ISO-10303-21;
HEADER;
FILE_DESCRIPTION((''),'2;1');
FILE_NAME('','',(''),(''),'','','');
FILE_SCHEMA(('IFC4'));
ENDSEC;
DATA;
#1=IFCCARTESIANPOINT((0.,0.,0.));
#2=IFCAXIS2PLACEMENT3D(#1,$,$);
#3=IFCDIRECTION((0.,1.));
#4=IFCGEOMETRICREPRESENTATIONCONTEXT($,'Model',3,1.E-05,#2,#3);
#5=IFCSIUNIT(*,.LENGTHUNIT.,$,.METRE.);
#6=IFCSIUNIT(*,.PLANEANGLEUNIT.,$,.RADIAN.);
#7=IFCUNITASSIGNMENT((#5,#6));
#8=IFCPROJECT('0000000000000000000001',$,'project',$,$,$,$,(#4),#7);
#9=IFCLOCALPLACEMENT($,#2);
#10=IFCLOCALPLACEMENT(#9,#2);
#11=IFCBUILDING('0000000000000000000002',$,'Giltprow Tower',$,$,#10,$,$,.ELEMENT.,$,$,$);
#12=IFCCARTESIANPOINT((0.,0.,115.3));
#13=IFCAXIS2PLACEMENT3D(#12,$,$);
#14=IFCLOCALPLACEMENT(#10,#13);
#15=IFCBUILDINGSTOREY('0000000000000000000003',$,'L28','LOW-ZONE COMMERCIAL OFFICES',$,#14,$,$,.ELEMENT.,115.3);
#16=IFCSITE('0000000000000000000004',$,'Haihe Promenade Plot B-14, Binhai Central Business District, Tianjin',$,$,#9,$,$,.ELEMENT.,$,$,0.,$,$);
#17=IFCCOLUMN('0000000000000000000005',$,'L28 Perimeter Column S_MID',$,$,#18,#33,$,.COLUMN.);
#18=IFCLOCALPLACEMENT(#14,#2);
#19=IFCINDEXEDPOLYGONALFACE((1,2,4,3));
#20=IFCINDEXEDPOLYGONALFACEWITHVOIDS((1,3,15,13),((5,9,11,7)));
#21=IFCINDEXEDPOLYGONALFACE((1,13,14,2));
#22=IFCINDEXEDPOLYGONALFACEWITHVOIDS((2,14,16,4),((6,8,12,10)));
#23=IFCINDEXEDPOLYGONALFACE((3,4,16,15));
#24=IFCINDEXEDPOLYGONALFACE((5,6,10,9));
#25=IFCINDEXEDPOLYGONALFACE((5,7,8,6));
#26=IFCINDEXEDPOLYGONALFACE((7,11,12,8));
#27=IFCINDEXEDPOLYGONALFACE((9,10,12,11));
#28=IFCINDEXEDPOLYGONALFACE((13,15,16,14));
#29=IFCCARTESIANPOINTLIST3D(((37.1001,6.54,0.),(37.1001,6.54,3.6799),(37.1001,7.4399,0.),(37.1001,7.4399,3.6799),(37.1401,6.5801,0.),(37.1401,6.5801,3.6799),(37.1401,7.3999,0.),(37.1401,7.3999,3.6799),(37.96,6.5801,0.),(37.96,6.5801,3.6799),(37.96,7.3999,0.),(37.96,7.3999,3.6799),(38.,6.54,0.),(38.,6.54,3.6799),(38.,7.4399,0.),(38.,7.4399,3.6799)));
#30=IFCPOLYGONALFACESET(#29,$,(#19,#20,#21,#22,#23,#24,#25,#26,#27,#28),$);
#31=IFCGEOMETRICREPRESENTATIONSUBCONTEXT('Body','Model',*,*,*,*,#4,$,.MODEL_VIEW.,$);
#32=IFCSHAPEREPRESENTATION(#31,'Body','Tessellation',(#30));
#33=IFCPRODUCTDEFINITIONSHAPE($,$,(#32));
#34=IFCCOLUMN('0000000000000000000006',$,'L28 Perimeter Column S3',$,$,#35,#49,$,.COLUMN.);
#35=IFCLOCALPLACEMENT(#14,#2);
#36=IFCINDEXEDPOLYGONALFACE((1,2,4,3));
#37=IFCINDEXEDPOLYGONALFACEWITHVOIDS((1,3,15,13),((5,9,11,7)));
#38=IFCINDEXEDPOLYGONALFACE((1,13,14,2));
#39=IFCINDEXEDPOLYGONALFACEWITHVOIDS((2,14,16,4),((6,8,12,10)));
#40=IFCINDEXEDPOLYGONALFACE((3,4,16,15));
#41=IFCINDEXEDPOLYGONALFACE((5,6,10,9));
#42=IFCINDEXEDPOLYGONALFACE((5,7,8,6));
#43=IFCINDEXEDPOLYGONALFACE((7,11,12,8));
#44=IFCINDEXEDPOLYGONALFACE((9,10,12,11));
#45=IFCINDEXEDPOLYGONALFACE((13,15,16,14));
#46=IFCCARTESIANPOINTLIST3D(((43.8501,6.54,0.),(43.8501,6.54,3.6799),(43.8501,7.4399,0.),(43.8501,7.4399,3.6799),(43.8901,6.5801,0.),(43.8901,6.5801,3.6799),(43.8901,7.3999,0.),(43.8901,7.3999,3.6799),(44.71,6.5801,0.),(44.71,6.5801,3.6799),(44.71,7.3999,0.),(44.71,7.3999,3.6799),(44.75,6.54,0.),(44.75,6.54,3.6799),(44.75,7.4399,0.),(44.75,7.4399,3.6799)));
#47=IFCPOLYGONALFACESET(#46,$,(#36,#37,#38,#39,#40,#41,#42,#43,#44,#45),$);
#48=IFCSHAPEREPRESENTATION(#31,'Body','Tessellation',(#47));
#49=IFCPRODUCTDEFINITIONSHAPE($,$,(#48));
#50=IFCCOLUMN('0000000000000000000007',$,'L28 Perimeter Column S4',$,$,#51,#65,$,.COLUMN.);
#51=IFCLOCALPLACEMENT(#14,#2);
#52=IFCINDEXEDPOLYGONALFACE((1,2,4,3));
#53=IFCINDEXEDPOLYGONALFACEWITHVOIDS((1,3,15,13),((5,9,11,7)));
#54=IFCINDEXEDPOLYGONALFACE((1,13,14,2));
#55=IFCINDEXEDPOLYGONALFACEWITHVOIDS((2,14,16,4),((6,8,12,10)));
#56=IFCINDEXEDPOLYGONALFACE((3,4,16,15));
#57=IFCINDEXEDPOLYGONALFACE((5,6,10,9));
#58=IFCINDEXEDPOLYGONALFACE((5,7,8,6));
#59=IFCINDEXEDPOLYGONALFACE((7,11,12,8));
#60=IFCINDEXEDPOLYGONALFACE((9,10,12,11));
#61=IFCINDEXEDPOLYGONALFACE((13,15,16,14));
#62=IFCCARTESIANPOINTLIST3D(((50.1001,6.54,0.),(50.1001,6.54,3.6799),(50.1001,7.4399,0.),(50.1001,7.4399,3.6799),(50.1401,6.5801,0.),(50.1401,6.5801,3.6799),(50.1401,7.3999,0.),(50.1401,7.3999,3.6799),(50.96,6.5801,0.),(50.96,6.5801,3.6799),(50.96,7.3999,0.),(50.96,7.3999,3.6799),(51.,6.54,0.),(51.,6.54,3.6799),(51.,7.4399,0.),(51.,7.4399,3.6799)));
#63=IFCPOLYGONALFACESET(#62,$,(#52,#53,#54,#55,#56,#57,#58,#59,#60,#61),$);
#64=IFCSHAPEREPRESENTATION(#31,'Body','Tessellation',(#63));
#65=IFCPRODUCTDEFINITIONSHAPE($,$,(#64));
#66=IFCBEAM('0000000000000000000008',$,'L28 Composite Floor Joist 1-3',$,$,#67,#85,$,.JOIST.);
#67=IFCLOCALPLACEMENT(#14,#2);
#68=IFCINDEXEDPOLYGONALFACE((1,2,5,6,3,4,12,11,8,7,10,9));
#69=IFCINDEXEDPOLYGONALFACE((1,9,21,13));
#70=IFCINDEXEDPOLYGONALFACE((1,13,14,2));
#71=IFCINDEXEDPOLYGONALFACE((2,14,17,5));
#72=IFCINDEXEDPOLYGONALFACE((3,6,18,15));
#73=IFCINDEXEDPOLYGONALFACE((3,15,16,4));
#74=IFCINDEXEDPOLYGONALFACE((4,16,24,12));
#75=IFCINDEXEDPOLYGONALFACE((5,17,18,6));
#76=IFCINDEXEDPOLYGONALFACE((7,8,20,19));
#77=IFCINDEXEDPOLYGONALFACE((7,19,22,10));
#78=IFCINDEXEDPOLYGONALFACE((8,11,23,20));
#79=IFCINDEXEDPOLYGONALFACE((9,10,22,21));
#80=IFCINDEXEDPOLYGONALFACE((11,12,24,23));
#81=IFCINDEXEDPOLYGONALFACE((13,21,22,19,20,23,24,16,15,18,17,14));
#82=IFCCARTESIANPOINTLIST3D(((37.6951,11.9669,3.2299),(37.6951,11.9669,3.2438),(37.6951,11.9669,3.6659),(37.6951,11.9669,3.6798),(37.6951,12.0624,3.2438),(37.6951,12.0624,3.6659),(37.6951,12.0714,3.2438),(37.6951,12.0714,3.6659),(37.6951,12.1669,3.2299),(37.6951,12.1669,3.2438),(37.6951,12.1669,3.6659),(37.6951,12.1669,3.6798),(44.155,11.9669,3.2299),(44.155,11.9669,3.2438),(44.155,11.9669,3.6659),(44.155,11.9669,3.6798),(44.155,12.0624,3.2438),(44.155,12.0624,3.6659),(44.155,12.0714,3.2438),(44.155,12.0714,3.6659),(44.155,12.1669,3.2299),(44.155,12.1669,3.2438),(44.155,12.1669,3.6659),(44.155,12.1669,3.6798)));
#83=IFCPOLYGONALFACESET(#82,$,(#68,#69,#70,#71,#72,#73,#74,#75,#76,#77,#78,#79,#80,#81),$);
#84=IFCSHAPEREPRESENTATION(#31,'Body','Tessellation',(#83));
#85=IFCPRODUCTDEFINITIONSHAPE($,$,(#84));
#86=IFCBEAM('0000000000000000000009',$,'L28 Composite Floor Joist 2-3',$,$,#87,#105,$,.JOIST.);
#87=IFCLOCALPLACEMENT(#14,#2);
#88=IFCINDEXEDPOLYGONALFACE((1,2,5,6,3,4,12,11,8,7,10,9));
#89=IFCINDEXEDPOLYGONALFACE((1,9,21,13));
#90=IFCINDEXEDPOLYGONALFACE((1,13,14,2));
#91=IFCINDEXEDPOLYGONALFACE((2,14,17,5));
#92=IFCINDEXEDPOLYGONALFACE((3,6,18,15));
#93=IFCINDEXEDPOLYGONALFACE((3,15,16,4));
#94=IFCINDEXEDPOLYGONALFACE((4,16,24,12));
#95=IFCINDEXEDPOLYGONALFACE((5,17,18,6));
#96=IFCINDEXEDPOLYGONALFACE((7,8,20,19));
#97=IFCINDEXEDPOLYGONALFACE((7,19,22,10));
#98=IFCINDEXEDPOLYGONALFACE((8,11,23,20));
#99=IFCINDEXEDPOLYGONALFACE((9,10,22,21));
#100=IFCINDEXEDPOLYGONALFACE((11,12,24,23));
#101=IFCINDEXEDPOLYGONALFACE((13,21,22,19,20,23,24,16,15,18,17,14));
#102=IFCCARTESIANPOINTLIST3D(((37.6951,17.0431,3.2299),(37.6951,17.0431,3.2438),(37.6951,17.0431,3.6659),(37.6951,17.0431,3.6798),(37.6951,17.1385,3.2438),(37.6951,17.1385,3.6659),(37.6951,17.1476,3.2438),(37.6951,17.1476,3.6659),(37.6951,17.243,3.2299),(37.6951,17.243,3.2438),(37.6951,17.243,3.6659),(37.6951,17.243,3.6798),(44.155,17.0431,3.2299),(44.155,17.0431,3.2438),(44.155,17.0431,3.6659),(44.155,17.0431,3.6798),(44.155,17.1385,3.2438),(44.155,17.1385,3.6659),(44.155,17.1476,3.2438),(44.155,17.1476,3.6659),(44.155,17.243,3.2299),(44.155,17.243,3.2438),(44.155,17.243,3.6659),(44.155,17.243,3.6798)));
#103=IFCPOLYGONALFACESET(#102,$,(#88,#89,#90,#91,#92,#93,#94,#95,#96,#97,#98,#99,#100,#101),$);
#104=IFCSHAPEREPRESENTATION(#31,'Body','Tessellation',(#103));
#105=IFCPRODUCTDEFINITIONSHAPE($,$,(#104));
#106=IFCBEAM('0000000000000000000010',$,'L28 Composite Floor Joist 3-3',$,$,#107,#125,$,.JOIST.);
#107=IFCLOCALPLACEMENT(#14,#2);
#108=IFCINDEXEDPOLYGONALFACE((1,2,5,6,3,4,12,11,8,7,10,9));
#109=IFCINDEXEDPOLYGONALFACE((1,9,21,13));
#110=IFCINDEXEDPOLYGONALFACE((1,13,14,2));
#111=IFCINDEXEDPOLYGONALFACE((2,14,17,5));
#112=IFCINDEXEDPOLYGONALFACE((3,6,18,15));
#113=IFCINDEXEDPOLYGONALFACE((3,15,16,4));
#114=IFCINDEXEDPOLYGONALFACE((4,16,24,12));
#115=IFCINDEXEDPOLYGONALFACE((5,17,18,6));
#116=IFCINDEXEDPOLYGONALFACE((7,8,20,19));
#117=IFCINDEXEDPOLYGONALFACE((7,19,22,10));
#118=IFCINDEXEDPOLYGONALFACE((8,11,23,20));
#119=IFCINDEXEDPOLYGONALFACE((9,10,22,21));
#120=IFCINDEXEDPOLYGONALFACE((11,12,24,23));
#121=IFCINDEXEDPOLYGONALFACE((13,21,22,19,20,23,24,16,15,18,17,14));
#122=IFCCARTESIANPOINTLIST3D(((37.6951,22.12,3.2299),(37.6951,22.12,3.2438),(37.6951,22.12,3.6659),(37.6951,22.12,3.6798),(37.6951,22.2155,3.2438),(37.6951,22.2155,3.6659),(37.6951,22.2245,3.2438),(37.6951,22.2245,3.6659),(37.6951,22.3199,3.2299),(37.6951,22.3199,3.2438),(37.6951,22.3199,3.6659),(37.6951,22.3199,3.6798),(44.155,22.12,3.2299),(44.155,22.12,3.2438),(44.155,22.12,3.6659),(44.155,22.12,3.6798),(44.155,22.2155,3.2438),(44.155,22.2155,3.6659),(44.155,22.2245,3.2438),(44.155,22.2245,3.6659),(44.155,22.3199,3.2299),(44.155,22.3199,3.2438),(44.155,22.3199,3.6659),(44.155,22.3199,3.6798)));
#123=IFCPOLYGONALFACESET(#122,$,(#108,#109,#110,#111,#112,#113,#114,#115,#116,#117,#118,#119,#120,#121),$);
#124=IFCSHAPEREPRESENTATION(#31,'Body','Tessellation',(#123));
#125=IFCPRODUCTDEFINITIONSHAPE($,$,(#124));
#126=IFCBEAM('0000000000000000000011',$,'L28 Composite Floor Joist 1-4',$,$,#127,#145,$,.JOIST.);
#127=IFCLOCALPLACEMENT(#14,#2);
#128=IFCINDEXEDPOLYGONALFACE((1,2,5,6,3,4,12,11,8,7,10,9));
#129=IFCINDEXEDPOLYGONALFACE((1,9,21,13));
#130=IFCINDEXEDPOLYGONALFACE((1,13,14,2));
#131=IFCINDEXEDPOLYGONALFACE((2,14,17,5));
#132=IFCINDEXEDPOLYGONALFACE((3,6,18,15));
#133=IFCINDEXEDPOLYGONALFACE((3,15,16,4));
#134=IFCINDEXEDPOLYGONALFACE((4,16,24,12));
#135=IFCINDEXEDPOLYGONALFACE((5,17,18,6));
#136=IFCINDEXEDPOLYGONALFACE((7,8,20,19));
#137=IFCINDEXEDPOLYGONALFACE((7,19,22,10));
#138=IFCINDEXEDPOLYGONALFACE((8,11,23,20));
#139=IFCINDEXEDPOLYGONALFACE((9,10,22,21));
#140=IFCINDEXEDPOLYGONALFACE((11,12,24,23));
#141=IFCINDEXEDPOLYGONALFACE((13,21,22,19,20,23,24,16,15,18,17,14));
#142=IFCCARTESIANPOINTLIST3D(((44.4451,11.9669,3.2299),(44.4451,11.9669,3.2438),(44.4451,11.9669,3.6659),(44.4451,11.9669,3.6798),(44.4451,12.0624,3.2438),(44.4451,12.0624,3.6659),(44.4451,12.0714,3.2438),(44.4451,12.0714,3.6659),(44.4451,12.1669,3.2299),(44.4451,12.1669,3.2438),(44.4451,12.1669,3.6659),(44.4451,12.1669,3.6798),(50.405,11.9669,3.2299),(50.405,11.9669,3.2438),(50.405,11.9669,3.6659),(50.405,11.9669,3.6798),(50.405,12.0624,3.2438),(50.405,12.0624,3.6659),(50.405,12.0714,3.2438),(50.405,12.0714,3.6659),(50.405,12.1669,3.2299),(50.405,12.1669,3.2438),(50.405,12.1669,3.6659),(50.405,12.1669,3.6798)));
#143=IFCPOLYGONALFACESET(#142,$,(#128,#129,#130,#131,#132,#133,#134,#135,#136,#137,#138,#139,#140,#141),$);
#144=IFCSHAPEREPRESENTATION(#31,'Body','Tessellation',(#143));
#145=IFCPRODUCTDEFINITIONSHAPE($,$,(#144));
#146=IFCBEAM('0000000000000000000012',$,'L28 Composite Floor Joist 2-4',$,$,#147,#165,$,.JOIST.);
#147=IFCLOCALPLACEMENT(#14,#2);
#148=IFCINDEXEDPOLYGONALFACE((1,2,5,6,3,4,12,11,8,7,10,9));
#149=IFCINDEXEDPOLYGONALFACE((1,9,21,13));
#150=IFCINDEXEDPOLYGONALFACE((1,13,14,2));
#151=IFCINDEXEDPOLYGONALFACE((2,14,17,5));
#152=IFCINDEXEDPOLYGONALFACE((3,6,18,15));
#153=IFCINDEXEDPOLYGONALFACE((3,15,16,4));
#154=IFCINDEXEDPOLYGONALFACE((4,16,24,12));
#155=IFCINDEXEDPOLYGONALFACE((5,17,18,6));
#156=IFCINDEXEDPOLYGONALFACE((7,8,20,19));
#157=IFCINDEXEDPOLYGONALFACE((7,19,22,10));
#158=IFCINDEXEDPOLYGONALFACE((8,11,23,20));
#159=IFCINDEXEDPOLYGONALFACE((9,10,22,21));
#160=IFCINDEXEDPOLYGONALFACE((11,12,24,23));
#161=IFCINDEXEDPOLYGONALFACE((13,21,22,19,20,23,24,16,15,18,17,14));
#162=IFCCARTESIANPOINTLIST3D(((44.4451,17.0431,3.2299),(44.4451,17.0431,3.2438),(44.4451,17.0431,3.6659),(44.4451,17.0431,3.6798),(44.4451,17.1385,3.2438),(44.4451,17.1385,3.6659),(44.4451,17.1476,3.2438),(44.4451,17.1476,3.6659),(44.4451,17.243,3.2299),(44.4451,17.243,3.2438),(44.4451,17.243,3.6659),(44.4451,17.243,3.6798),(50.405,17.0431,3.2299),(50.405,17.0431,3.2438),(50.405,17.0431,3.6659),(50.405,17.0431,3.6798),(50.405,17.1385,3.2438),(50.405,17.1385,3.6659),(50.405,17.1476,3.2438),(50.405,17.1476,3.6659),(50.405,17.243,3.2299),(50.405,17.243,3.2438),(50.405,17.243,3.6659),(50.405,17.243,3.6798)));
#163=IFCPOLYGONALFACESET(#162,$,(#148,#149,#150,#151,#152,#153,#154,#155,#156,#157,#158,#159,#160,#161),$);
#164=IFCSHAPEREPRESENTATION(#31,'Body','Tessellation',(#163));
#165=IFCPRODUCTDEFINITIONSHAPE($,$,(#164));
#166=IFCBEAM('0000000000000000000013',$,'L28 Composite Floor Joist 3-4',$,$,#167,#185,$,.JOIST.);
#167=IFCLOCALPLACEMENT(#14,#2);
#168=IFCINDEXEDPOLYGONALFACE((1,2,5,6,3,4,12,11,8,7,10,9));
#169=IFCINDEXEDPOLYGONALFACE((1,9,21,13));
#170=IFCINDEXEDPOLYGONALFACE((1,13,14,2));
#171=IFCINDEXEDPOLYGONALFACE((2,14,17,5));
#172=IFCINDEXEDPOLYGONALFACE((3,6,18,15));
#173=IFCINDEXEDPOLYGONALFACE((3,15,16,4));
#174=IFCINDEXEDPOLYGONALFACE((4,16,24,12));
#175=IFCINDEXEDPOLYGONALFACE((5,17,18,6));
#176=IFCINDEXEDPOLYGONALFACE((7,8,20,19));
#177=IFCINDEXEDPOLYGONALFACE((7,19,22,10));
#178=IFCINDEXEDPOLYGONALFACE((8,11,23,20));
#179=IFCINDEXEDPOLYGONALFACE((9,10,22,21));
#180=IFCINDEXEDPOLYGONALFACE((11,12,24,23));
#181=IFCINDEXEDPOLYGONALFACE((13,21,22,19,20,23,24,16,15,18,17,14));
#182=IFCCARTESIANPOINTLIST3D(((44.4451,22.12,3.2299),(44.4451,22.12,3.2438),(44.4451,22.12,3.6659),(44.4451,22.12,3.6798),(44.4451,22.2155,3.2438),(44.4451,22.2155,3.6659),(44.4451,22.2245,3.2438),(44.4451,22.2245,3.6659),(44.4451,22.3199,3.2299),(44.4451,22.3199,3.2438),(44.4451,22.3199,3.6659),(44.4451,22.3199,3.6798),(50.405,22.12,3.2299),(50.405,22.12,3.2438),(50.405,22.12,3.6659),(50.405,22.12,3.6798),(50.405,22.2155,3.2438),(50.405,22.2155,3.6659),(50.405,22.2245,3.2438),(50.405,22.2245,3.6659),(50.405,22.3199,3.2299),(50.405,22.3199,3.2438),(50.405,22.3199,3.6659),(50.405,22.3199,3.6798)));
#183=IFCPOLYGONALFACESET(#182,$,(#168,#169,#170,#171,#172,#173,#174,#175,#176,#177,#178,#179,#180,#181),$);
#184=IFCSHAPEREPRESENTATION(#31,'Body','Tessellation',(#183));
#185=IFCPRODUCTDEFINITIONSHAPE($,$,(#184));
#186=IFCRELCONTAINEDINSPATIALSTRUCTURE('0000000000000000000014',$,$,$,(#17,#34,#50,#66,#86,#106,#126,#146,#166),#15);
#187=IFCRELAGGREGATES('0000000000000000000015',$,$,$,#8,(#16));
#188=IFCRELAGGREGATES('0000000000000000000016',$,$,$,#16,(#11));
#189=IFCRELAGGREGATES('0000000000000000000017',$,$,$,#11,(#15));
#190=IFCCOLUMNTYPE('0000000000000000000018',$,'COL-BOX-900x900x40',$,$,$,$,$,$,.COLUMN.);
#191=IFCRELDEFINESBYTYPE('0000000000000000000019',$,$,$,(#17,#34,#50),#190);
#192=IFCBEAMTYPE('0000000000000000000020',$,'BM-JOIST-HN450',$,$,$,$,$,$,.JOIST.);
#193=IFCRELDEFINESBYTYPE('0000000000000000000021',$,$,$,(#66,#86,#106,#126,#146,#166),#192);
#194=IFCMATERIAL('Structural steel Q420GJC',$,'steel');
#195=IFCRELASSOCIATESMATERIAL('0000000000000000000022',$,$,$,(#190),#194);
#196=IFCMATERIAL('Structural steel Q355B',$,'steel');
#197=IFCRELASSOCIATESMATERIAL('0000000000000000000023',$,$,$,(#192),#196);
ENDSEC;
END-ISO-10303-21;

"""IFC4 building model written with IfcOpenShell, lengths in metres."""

from ifc_helpers import new_model, si_unit, direction, frame, origin, origin_2d, place, context, subcontext, project, spatial, hollow_rectangle, i_section, extrude, source, transform, mapped, material, material_profile, profile_set, type_object, element, save


model = new_model("IFC4")

# Units and contexts
model_context = context("Model", 3, precision=1e-05, world=origin(), true_north=direction((0.0, 1.0)))
body_context = subcontext(model_context, "Body", "Model", "MODEL_VIEW")
ifc_project = project(units=[si_unit("LENGTHUNIT", "METRE"), si_unit("PLANEANGLEUNIT", "RADIAN")], contexts=[model_context])

# Site, building, storey
site_placement = place(None, origin())
site = spatial("IfcSite", under=ifc_project, at=site_placement, Name="Haihe Promenade Plot B-14, Binhai Central Business District, Tianjin", CompositionType="ELEMENT", RefElevation=0.0)
building_placement = place(site_placement, origin())
building = spatial("IfcBuilding", under=site, at=building_placement, Name="Giltprow Tower", CompositionType="ELEMENT")
storey_placement = place(building_placement, frame((0.0, 0.0, 115.3)))
storey = spatial("IfcBuildingStorey", under=building, at=storey_placement, Name="L28", Description="LOW-ZONE COMMERCIAL OFFICES", CompositionType="ELEMENT", Elevation=115.3)

# Columns
ifc_material_1 = material(Name="Structural steel Q420GJC", Category="steel")
ifc_material_profile_1 = material_profile(ifc_material_1, hollow_rectangle(XDim=0.8999, YDim=0.8999, WallThickness=0.04, at=origin_2d()), Name="BOX 900x900x40")
ifc_profile_set_1 = profile_set([ifc_material_profile_1], Name="Structural steel Q420GJC")
column_type = type_object("IfcColumnType", Name="COL-BOX-900x900x40", PredefinedType="COLUMN", material=ifc_profile_set_1)
shared_shape_1 = source(origin(), body_context, "Body", "SweptSolid", [
    extrude(hollow_rectangle(XDim=0.8999, YDim=0.8999, WallThickness=0.04, at=origin_2d()), origin(), (0.0, 0.0, 1.0), 3.6799),
])
for number, where, z_axis, x_axis, name in (
    (1, (37.55, 6.99, 0.0), (0.0, 0.0, 1.0), (1.0, 0.0, 0.0), "L28 Perimeter Column S_MID"),
    (2, (44.3, 6.99, 0.0), (0.0, 0.0, 1.0), (1.0, 0.0, 0.0), "L28 Perimeter Column S3"),
    (3, (50.55, 6.99, 0.0), (0.0, 0.0, 1.0), (1.0, 0.0, 0.0), "L28 Perimeter Column S4"),
):
    element("IfcColumn", number, at=place(storey_placement, frame(where, z_axis=z_axis, x_axis=x_axis)), inside=storey, type_object=column_type, Name=name, PredefinedType="COLUMN", context=body_context, shape_type="MappedRepresentation", body=[
        mapped(shared_shape_1, transform((0.0, 0.0, 0.0), x_axis=(1.0, 0.0, 0.0), y_axis=(0.0, 1.0, 0.0), z_axis=(0.0, 0.0, 1.0), scale=1.0)),
    ])

# Beams
ifc_material_2 = material(Name="Structural steel Q355B", Category="steel")
ifc_material_profile_2 = material_profile(ifc_material_2, i_section(OverallWidth=0.2, OverallDepth=0.45, WebThickness=0.009, FlangeThickness=0.0139, at=origin_2d()), Name="HN 450x200x9x14")
ifc_profile_set_2 = profile_set([ifc_material_profile_2], Name="Structural steel Q355B")
beam_type_1 = type_object("IfcBeamType", Name="BM-JOIST-HN450", PredefinedType="JOIST", material=ifc_profile_set_2)
shared_shape_2 = source(origin(), body_context, "Body", "SweptSolid", [
    extrude(i_section(OverallWidth=0.2, OverallDepth=0.45, WebThickness=0.009, FlangeThickness=0.0139, at=origin_2d()), origin(), (0.0, 0.0, 1.0), 6.46),
])
for number, where, z_axis, x_axis, name in (
    (4, (37.6951, 12.0669, 3.4548), (1.0, 0.0, 0.0), (0.0, 1.0, 0.0), "L28 Composite Floor Joist 1-3"),
    (5, (37.6951, 17.1431, 3.4548), (1.0, 0.0, 0.0), (0.0, 1.0, 0.0), "L28 Composite Floor Joist 2-3"),
    (6, (37.6951, 22.22, 3.4548), (1.0, 0.0, 0.0), (0.0, 1.0, 0.0), "L28 Composite Floor Joist 3-3"),
):
    element("IfcBeam", number, at=place(storey_placement, frame(where, z_axis=z_axis, x_axis=x_axis)), inside=storey, type_object=beam_type_1, Name=name, PredefinedType="JOIST", context=body_context, shape_type="MappedRepresentation", body=[
        mapped(shared_shape_2, transform((0.0, 0.0, 0.0), x_axis=(1.0, 0.0, 0.0), y_axis=(0.0, 1.0, 0.0), z_axis=(0.0, 0.0, 1.0), scale=1.0)),
    ])
shared_shape_3 = source(origin(), body_context, "Body", "SweptSolid", [
    extrude(i_section(OverallWidth=0.2, OverallDepth=0.45, WebThickness=0.009, FlangeThickness=0.0139, at=origin_2d()), origin(), (0.0, 0.0, 1.0), 5.96),
])
for number, where, z_axis, x_axis, name in (
    (7, (44.4451, 12.0669, 3.4548), (1.0, 0.0, 0.0), (0.0, 1.0, 0.0), "L28 Composite Floor Joist 1-4"),
    (8, (44.4451, 17.1431, 3.4548), (1.0, 0.0, 0.0), (0.0, 1.0, 0.0), "L28 Composite Floor Joist 2-4"),
    (9, (44.4451, 22.22, 3.4548), (1.0, 0.0, 0.0), (0.0, 1.0, 0.0), "L28 Composite Floor Joist 3-4"),
):
    element("IfcBeam", number, at=place(storey_placement, frame(where, z_axis=z_axis, x_axis=x_axis)), inside=storey, type_object=beam_type_1, Name=name, PredefinedType="JOIST", context=body_context, shape_type="MappedRepresentation", body=[
        mapped(shared_shape_3, transform((0.0, 0.0, 0.0), x_axis=(1.0, 0.0, 0.0), y_axis=(0.0, 1.0, 0.0), z_axis=(0.0, 0.0, 1.0), scale=1.0)),
    ])

save(model, "model.ifc")
